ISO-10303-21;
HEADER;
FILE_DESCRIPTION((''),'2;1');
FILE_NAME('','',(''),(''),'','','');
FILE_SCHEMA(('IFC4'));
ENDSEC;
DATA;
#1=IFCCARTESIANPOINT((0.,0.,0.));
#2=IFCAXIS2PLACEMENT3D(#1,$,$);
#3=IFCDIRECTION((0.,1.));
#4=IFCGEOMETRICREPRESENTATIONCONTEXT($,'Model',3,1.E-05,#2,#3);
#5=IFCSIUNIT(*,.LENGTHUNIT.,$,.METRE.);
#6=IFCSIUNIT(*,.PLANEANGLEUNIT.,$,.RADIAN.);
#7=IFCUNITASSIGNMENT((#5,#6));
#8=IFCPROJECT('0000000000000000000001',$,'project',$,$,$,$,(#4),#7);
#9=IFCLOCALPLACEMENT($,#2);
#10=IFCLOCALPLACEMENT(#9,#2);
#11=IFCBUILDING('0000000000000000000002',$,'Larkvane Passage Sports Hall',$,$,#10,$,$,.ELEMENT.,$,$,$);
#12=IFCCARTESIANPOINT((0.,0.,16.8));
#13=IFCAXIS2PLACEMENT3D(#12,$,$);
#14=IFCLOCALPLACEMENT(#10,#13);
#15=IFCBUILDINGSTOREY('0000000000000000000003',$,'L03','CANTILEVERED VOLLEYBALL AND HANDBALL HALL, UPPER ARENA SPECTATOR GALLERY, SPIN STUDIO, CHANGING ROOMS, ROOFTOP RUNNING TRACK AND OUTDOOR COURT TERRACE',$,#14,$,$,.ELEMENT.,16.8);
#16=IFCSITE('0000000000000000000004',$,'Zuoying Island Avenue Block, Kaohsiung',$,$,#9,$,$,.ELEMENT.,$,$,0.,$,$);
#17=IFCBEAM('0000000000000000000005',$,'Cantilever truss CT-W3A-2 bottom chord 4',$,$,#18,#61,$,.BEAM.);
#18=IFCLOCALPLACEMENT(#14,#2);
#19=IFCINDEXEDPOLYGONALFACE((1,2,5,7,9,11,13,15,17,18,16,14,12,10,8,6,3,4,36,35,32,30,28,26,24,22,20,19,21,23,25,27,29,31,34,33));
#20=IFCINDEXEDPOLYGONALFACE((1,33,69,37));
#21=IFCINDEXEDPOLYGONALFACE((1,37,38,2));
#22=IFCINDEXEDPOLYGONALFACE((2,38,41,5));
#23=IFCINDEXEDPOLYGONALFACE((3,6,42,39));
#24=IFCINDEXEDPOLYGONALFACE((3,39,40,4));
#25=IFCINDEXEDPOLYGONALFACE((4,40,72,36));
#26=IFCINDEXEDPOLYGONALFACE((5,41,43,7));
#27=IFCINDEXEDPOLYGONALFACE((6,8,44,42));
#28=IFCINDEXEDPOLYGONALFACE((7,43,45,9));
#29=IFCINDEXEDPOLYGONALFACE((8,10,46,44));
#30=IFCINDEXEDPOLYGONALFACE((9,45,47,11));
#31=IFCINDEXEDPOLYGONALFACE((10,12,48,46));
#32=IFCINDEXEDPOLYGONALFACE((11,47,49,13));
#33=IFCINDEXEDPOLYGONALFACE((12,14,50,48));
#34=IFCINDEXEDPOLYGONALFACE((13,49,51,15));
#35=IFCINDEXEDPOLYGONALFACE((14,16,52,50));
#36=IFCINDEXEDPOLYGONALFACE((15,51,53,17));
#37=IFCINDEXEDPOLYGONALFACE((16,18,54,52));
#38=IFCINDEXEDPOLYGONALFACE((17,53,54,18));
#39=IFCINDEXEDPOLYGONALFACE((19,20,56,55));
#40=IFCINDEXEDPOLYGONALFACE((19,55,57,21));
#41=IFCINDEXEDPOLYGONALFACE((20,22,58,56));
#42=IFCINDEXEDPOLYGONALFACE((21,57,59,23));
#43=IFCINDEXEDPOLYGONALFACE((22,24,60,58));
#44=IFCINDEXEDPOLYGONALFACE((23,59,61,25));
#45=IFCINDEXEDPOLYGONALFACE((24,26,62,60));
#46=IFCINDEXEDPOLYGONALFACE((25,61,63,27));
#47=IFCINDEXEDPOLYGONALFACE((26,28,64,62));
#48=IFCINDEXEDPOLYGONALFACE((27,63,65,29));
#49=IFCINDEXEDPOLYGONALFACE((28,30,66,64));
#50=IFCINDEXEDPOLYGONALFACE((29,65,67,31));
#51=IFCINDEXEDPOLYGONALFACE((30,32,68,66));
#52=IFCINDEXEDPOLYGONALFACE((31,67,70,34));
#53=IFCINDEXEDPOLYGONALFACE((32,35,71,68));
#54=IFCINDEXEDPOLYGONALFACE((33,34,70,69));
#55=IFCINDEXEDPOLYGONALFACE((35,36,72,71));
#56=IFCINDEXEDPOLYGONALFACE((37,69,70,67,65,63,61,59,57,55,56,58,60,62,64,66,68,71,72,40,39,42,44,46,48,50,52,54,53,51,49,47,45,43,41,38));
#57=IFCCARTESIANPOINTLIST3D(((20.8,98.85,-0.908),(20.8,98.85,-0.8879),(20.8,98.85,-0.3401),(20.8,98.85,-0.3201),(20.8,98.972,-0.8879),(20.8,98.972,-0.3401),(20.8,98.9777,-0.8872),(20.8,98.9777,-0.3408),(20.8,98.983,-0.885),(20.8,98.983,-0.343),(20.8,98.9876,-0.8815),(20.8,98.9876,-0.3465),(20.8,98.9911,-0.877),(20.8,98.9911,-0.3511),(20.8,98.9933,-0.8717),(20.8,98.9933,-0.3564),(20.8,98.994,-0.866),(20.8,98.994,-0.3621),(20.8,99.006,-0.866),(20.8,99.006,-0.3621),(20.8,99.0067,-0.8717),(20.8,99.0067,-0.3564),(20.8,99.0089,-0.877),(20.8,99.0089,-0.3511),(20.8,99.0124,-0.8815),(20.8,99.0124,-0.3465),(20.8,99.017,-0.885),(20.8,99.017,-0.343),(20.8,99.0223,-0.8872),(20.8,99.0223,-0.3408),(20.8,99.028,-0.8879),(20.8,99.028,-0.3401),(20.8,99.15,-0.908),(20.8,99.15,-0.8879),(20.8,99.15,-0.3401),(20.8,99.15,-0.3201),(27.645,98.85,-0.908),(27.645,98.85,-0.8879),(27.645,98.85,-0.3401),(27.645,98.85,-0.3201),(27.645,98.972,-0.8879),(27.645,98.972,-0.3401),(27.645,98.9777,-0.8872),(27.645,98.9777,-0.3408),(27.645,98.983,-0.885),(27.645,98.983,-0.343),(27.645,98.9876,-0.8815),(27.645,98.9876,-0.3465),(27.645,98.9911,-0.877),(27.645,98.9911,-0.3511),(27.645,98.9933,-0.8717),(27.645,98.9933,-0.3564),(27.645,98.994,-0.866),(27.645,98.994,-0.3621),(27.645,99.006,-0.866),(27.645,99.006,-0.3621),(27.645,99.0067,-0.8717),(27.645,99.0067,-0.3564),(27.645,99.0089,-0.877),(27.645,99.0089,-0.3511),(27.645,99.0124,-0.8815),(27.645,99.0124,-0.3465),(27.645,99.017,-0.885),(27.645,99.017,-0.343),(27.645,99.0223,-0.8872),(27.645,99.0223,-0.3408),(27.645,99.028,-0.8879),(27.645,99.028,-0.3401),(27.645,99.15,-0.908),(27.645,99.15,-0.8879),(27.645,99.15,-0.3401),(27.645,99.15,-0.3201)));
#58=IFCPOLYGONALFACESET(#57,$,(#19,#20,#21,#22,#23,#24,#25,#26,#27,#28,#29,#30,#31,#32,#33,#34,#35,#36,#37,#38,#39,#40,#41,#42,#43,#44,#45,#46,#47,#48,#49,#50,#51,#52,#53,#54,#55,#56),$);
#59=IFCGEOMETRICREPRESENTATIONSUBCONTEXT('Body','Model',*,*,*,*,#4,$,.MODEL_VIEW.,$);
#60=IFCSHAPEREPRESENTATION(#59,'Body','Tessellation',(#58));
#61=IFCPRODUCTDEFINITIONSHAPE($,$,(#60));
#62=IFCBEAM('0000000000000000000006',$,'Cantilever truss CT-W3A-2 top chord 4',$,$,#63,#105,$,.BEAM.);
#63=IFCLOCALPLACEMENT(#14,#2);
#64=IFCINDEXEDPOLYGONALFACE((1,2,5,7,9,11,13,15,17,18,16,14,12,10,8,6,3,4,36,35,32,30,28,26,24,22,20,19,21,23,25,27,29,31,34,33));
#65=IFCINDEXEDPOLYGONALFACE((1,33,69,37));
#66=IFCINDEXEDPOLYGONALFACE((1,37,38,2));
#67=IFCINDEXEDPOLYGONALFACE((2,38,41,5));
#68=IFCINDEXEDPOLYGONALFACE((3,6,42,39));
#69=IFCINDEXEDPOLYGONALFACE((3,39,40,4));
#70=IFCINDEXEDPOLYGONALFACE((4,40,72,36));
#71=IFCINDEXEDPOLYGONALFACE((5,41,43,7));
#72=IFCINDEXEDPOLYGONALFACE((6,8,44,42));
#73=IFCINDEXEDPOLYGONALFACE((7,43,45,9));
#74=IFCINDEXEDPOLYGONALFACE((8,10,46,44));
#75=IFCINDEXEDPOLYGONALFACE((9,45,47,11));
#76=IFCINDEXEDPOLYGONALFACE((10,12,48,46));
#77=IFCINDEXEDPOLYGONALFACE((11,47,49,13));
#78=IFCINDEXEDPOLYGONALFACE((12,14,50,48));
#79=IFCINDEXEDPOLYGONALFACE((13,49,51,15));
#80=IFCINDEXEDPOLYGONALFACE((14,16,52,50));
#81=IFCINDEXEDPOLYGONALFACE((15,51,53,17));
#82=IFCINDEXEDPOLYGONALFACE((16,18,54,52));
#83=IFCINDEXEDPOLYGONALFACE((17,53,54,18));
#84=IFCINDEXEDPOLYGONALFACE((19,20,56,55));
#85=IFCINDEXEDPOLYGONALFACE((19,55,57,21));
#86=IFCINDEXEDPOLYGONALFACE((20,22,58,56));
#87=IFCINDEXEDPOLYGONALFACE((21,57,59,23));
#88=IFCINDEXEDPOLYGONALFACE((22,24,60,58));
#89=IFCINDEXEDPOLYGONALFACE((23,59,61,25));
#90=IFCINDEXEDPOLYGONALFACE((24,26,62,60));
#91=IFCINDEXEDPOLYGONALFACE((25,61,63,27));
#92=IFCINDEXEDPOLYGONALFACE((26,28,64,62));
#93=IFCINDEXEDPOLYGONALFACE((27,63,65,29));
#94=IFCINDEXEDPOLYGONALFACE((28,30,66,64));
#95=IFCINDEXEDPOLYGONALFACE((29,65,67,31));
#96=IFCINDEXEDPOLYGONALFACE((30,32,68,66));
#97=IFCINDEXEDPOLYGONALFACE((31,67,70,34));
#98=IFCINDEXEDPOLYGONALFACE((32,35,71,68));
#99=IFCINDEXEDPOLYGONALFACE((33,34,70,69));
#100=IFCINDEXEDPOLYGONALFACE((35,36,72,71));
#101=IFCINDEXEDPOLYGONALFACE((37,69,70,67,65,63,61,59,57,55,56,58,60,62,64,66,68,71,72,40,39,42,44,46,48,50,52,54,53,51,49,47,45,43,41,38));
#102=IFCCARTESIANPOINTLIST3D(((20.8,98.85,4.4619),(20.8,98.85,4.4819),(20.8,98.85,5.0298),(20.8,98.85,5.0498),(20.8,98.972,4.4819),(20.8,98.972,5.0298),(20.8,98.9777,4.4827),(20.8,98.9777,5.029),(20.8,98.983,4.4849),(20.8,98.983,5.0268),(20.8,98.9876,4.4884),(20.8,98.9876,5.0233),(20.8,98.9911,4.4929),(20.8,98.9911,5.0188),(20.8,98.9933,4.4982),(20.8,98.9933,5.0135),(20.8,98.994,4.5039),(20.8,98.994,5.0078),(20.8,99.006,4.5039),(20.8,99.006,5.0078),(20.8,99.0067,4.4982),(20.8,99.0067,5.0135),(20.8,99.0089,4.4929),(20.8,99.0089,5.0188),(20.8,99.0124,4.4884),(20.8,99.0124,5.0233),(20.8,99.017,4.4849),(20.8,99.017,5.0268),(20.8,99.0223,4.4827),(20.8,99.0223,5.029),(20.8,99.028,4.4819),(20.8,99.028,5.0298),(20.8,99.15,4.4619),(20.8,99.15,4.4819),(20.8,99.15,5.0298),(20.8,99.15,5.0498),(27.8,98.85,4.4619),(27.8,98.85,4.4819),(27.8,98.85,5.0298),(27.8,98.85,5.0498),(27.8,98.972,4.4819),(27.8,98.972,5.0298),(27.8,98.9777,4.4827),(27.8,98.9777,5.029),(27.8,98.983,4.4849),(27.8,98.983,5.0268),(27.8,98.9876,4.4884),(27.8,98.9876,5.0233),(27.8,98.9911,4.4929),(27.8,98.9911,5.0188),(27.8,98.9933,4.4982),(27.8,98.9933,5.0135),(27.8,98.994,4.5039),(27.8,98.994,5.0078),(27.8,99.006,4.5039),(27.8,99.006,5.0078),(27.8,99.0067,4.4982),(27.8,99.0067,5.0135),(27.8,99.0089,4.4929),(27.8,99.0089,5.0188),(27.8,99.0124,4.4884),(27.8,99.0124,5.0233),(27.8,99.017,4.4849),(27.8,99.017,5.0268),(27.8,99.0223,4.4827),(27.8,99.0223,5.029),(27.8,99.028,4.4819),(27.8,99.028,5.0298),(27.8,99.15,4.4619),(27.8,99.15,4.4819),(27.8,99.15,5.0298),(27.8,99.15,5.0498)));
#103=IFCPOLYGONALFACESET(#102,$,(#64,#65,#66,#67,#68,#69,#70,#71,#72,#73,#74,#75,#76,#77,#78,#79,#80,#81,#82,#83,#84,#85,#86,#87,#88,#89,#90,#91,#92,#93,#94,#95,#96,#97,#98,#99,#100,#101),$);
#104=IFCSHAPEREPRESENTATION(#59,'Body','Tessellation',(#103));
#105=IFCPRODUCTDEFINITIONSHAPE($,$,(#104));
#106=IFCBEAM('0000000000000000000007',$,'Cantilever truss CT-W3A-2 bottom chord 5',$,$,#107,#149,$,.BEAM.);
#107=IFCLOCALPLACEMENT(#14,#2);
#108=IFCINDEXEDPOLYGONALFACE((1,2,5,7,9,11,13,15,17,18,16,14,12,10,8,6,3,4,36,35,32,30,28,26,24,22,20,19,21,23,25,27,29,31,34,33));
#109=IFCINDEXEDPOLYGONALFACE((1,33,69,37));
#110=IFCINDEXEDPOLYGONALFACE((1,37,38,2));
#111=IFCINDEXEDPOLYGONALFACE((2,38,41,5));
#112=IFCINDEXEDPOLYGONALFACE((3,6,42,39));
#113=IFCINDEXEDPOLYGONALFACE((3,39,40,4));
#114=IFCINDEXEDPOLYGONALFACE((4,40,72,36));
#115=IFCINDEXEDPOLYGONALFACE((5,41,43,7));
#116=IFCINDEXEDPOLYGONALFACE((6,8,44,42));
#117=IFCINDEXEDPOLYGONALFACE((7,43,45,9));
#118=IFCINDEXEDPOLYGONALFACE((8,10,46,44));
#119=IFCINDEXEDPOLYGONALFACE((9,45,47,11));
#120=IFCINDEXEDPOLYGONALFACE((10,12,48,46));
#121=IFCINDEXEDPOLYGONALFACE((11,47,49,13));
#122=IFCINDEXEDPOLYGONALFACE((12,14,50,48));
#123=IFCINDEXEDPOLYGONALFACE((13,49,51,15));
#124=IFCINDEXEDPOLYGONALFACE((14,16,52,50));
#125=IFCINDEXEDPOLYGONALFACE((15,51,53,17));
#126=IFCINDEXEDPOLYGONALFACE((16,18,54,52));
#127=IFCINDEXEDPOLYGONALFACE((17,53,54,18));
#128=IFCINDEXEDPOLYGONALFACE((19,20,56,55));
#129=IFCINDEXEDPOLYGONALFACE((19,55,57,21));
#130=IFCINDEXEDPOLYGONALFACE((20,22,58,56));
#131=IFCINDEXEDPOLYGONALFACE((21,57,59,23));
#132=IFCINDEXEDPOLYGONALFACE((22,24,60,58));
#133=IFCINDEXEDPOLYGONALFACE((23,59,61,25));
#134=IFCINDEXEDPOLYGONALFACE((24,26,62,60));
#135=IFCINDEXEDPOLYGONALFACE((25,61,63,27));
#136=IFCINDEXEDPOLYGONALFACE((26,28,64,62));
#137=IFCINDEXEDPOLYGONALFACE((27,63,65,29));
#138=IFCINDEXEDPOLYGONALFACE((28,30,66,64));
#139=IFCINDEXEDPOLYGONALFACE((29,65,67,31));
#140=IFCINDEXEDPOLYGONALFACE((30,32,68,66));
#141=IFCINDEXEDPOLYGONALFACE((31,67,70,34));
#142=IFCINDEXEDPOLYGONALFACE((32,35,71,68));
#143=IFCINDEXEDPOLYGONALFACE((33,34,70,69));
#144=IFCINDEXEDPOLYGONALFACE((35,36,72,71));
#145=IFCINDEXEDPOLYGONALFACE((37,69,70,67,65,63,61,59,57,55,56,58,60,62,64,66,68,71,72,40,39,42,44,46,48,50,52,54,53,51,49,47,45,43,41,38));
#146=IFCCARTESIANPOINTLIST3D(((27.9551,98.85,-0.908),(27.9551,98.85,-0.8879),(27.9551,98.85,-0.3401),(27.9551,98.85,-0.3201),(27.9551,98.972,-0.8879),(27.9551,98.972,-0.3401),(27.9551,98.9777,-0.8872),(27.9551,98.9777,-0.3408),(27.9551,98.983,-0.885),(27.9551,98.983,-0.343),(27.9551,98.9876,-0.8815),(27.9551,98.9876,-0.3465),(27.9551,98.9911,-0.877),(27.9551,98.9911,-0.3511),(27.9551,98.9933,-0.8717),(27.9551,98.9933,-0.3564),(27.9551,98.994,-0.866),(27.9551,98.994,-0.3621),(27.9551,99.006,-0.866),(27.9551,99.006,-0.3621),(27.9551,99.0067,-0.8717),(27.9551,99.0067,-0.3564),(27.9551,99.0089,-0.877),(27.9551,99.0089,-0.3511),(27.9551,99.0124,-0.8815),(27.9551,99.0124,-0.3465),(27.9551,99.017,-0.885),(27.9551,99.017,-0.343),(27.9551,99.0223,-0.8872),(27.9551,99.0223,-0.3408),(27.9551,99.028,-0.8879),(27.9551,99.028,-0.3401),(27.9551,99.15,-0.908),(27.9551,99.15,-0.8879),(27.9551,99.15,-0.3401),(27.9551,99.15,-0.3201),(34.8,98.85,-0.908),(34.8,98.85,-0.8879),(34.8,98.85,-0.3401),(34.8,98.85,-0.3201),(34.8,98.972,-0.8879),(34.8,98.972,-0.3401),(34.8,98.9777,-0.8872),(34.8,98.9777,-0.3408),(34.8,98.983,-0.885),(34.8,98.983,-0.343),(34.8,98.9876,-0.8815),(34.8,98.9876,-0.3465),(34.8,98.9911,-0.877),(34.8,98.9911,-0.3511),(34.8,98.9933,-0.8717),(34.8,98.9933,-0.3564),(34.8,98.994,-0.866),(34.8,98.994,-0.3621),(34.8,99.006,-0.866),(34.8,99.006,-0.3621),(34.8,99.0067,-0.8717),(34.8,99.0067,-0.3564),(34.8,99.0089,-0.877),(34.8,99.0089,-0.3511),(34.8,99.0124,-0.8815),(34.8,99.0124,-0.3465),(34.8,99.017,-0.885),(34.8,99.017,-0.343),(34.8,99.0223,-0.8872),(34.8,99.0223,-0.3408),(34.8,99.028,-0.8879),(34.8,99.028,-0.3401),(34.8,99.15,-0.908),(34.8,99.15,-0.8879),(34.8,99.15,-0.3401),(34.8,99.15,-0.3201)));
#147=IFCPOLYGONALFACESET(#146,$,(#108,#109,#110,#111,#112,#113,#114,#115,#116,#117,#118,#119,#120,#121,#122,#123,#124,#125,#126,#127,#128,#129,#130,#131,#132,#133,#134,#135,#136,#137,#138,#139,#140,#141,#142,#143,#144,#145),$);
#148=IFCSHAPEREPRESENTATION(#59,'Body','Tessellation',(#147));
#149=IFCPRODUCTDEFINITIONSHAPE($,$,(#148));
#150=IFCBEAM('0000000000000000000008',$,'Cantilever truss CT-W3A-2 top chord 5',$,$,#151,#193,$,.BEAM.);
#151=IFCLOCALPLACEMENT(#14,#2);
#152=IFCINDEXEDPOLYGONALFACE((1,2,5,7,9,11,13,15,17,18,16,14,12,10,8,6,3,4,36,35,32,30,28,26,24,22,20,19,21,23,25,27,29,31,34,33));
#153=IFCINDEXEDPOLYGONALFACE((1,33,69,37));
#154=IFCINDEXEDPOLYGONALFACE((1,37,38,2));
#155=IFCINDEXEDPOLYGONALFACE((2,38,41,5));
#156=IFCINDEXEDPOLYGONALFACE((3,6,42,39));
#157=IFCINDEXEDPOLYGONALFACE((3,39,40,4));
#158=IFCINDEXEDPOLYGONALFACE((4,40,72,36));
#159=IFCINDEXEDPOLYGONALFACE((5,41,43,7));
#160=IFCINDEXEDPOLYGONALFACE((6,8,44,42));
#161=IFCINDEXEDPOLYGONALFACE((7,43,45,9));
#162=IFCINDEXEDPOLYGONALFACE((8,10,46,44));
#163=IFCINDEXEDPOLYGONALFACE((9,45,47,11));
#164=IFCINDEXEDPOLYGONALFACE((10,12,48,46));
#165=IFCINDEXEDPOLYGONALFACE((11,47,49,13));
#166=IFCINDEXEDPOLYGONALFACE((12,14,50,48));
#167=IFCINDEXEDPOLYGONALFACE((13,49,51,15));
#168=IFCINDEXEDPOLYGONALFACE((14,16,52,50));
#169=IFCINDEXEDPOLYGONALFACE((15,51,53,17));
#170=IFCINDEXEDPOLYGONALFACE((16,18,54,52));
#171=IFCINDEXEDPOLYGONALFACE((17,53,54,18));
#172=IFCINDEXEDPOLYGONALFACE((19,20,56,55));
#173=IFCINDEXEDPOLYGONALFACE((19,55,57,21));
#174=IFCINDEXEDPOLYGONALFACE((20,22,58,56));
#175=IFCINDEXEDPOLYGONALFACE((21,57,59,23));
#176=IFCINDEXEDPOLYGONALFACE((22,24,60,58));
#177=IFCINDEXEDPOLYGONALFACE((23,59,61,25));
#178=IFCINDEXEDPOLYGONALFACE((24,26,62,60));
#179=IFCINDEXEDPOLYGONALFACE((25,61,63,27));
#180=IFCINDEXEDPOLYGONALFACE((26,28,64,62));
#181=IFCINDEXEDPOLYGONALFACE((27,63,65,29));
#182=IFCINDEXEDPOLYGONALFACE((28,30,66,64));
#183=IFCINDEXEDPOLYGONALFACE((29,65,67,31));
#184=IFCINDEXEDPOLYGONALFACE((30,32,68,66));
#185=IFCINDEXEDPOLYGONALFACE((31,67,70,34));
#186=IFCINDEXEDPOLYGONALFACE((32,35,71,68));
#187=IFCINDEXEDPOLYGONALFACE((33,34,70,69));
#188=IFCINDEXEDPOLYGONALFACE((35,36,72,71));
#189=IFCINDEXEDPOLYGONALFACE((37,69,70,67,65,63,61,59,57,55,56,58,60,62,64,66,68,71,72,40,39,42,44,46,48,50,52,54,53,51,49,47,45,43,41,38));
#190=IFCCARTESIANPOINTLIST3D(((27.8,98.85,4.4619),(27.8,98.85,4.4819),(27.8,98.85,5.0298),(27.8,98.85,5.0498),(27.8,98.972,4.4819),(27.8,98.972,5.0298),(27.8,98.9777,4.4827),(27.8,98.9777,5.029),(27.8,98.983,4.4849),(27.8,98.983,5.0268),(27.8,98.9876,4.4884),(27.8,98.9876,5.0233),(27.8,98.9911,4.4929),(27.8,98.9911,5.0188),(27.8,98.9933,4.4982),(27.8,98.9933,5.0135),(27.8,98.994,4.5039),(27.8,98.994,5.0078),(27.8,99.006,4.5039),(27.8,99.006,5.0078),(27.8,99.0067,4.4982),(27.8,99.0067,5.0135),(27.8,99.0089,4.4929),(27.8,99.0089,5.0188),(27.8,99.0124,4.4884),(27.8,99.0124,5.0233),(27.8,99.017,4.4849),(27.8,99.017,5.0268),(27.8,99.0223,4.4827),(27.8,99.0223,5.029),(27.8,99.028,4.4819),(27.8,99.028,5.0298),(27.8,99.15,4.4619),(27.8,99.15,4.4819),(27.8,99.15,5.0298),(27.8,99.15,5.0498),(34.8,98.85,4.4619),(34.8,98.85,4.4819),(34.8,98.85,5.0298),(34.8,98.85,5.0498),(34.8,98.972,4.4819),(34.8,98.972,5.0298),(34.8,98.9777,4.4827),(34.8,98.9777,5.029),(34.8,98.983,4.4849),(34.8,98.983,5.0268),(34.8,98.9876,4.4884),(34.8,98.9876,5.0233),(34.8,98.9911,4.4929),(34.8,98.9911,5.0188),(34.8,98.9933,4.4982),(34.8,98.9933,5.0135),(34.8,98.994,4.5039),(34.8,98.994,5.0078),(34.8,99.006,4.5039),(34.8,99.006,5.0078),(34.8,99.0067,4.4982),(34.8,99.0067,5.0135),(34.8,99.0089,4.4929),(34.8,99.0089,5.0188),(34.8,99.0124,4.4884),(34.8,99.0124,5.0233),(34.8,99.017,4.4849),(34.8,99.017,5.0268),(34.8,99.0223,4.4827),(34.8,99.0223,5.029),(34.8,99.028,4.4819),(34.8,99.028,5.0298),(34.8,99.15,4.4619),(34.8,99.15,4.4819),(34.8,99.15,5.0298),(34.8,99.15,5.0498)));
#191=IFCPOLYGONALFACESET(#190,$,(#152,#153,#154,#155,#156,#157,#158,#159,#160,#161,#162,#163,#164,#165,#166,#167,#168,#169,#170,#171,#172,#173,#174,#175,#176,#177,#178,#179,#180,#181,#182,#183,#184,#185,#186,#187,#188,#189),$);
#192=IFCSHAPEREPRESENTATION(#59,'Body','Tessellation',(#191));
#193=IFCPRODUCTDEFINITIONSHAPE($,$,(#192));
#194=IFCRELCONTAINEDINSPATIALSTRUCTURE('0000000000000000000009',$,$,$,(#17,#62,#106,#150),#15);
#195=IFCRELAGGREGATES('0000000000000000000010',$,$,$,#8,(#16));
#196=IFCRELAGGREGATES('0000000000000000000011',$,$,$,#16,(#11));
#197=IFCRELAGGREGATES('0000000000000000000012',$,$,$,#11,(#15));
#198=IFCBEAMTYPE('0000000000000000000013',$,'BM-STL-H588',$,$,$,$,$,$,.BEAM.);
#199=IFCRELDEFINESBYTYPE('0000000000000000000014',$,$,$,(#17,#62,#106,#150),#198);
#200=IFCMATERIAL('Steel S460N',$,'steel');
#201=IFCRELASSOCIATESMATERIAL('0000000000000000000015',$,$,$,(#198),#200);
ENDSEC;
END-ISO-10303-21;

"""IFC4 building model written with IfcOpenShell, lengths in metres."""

from ifc_helpers import new_model, si_unit, direction, frame, origin, origin_2d, place, context, subcontext, project, spatial, i_section, extrude, material, material_profile, profile_set, type_object, element, save


model = new_model("IFC4")

# Units and contexts
model_context = context("Model", 3, precision=1e-05, world=origin(), true_north=direction((0.0, 1.0)))
body_context = subcontext(model_context, "Body", "Model", "MODEL_VIEW")
ifc_project = project(units=[si_unit("LENGTHUNIT", "METRE"), si_unit("PLANEANGLEUNIT", "RADIAN")], contexts=[model_context])

# Site, building, storey
site_placement = place(None, origin())
site = spatial("IfcSite", under=ifc_project, at=site_placement, Name="Zuoying Island Avenue Block, Kaohsiung", CompositionType="ELEMENT", RefElevation=0.0)
building_placement = place(site_placement, origin())
building = spatial("IfcBuilding", under=site, at=building_placement, Name="Larkvane Passage Sports Hall", CompositionType="ELEMENT")
storey_placement = place(building_placement, frame((0.0, 0.0, 16.8)))
storey = spatial("IfcBuildingStorey", under=building, at=storey_placement, Name="L03", Description="CANTILEVERED VOLLEYBALL AND HANDBALL HALL, UPPER ARENA SPECTATOR GALLERY, SPIN STUDIO, CHANGING ROOMS, ROOFTOP RUNNING TRACK AND OUTDOOR COURT TERRACE", CompositionType="ELEMENT", Elevation=16.8)

# Beams
ifc_material_1 = material(Name="Steel S460N", Category="steel")
ifc_material_profile_1 = material_profile(ifc_material_1, i_section(OverallWidth=0.3, OverallDepth=0.5879, WebThickness=0.012, FlangeThickness=0.02, FilletRadius=0.022, at=origin_2d()), Name="H-588x300x12x20")
ifc_profile_set_1 = profile_set([ifc_material_profile_1], Name="Steel S460N")
beam_type_1 = type_object("IfcBeamType", Name="BM-STL-H588", PredefinedType="BEAM", material=ifc_profile_set_1)
beam_1_placement = place(storey_placement, frame((20.8, 99.0, -0.614), z_axis=(1.0, 0.0, 0.0), x_axis=(0.0, 1.0, 0.0)))
element("IfcBeam", 1, at=beam_1_placement, inside=storey, type_object=beam_type_1, Name="Cantilever truss CT-W3A-2 bottom chord 4", PredefinedType="BEAM", context=body_context, shape_type="SweptSolid", body=[
    extrude(i_section(OverallWidth=0.3, OverallDepth=0.5879, WebThickness=0.012, FlangeThickness=0.02, FilletRadius=0.022, at=origin_2d()), origin(), (0.0, 0.0, 1.0), 6.845),
])
beam_2_placement = place(storey_placement, frame((20.8, 99.0, 4.7559), z_axis=(1.0, 0.0, 0.0), x_axis=(0.0, 1.0, 0.0)))
element("IfcBeam", 2, at=beam_2_placement, inside=storey, type_object=beam_type_1, Name="Cantilever truss CT-W3A-2 top chord 4", PredefinedType="BEAM", context=body_context, shape_type="SweptSolid", body=[
    extrude(i_section(OverallWidth=0.3, OverallDepth=0.5879, WebThickness=0.012, FlangeThickness=0.02, FilletRadius=0.022, at=origin_2d()), origin(), (0.0, 0.0, 1.0), 7.0),
])
beam_3_placement = place(storey_placement, frame((27.9551, 99.0, -0.614), z_axis=(1.0, 0.0, 0.0), x_axis=(0.0, 1.0, 0.0)))
element("IfcBeam", 3, at=beam_3_placement, inside=storey, type_object=beam_type_1, Name="Cantilever truss CT-W3A-2 bottom chord 5", PredefinedType="BEAM", context=body_context, shape_type="SweptSolid", body=[
    extrude(i_section(OverallWidth=0.3, OverallDepth=0.5879, WebThickness=0.012, FlangeThickness=0.02, FilletRadius=0.022, at=origin_2d()), origin(), (0.0, 0.0, 1.0), 6.845),
])
beam_4_placement = place(storey_placement, frame((27.8, 99.0, 4.7559), z_axis=(1.0, 0.0, 0.0), x_axis=(0.0, 1.0, 0.0)))
element("IfcBeam", 4, at=beam_4_placement, inside=storey, type_object=beam_type_1, Name="Cantilever truss CT-W3A-2 top chord 5", PredefinedType="BEAM", context=body_context, shape_type="SweptSolid", body=[
    extrude(i_section(OverallWidth=0.3, OverallDepth=0.5879, WebThickness=0.012, FlangeThickness=0.02, FilletRadius=0.022, at=origin_2d()), origin(), (0.0, 0.0, 1.0), 7.0),
])

save(model, "model.ifc")
